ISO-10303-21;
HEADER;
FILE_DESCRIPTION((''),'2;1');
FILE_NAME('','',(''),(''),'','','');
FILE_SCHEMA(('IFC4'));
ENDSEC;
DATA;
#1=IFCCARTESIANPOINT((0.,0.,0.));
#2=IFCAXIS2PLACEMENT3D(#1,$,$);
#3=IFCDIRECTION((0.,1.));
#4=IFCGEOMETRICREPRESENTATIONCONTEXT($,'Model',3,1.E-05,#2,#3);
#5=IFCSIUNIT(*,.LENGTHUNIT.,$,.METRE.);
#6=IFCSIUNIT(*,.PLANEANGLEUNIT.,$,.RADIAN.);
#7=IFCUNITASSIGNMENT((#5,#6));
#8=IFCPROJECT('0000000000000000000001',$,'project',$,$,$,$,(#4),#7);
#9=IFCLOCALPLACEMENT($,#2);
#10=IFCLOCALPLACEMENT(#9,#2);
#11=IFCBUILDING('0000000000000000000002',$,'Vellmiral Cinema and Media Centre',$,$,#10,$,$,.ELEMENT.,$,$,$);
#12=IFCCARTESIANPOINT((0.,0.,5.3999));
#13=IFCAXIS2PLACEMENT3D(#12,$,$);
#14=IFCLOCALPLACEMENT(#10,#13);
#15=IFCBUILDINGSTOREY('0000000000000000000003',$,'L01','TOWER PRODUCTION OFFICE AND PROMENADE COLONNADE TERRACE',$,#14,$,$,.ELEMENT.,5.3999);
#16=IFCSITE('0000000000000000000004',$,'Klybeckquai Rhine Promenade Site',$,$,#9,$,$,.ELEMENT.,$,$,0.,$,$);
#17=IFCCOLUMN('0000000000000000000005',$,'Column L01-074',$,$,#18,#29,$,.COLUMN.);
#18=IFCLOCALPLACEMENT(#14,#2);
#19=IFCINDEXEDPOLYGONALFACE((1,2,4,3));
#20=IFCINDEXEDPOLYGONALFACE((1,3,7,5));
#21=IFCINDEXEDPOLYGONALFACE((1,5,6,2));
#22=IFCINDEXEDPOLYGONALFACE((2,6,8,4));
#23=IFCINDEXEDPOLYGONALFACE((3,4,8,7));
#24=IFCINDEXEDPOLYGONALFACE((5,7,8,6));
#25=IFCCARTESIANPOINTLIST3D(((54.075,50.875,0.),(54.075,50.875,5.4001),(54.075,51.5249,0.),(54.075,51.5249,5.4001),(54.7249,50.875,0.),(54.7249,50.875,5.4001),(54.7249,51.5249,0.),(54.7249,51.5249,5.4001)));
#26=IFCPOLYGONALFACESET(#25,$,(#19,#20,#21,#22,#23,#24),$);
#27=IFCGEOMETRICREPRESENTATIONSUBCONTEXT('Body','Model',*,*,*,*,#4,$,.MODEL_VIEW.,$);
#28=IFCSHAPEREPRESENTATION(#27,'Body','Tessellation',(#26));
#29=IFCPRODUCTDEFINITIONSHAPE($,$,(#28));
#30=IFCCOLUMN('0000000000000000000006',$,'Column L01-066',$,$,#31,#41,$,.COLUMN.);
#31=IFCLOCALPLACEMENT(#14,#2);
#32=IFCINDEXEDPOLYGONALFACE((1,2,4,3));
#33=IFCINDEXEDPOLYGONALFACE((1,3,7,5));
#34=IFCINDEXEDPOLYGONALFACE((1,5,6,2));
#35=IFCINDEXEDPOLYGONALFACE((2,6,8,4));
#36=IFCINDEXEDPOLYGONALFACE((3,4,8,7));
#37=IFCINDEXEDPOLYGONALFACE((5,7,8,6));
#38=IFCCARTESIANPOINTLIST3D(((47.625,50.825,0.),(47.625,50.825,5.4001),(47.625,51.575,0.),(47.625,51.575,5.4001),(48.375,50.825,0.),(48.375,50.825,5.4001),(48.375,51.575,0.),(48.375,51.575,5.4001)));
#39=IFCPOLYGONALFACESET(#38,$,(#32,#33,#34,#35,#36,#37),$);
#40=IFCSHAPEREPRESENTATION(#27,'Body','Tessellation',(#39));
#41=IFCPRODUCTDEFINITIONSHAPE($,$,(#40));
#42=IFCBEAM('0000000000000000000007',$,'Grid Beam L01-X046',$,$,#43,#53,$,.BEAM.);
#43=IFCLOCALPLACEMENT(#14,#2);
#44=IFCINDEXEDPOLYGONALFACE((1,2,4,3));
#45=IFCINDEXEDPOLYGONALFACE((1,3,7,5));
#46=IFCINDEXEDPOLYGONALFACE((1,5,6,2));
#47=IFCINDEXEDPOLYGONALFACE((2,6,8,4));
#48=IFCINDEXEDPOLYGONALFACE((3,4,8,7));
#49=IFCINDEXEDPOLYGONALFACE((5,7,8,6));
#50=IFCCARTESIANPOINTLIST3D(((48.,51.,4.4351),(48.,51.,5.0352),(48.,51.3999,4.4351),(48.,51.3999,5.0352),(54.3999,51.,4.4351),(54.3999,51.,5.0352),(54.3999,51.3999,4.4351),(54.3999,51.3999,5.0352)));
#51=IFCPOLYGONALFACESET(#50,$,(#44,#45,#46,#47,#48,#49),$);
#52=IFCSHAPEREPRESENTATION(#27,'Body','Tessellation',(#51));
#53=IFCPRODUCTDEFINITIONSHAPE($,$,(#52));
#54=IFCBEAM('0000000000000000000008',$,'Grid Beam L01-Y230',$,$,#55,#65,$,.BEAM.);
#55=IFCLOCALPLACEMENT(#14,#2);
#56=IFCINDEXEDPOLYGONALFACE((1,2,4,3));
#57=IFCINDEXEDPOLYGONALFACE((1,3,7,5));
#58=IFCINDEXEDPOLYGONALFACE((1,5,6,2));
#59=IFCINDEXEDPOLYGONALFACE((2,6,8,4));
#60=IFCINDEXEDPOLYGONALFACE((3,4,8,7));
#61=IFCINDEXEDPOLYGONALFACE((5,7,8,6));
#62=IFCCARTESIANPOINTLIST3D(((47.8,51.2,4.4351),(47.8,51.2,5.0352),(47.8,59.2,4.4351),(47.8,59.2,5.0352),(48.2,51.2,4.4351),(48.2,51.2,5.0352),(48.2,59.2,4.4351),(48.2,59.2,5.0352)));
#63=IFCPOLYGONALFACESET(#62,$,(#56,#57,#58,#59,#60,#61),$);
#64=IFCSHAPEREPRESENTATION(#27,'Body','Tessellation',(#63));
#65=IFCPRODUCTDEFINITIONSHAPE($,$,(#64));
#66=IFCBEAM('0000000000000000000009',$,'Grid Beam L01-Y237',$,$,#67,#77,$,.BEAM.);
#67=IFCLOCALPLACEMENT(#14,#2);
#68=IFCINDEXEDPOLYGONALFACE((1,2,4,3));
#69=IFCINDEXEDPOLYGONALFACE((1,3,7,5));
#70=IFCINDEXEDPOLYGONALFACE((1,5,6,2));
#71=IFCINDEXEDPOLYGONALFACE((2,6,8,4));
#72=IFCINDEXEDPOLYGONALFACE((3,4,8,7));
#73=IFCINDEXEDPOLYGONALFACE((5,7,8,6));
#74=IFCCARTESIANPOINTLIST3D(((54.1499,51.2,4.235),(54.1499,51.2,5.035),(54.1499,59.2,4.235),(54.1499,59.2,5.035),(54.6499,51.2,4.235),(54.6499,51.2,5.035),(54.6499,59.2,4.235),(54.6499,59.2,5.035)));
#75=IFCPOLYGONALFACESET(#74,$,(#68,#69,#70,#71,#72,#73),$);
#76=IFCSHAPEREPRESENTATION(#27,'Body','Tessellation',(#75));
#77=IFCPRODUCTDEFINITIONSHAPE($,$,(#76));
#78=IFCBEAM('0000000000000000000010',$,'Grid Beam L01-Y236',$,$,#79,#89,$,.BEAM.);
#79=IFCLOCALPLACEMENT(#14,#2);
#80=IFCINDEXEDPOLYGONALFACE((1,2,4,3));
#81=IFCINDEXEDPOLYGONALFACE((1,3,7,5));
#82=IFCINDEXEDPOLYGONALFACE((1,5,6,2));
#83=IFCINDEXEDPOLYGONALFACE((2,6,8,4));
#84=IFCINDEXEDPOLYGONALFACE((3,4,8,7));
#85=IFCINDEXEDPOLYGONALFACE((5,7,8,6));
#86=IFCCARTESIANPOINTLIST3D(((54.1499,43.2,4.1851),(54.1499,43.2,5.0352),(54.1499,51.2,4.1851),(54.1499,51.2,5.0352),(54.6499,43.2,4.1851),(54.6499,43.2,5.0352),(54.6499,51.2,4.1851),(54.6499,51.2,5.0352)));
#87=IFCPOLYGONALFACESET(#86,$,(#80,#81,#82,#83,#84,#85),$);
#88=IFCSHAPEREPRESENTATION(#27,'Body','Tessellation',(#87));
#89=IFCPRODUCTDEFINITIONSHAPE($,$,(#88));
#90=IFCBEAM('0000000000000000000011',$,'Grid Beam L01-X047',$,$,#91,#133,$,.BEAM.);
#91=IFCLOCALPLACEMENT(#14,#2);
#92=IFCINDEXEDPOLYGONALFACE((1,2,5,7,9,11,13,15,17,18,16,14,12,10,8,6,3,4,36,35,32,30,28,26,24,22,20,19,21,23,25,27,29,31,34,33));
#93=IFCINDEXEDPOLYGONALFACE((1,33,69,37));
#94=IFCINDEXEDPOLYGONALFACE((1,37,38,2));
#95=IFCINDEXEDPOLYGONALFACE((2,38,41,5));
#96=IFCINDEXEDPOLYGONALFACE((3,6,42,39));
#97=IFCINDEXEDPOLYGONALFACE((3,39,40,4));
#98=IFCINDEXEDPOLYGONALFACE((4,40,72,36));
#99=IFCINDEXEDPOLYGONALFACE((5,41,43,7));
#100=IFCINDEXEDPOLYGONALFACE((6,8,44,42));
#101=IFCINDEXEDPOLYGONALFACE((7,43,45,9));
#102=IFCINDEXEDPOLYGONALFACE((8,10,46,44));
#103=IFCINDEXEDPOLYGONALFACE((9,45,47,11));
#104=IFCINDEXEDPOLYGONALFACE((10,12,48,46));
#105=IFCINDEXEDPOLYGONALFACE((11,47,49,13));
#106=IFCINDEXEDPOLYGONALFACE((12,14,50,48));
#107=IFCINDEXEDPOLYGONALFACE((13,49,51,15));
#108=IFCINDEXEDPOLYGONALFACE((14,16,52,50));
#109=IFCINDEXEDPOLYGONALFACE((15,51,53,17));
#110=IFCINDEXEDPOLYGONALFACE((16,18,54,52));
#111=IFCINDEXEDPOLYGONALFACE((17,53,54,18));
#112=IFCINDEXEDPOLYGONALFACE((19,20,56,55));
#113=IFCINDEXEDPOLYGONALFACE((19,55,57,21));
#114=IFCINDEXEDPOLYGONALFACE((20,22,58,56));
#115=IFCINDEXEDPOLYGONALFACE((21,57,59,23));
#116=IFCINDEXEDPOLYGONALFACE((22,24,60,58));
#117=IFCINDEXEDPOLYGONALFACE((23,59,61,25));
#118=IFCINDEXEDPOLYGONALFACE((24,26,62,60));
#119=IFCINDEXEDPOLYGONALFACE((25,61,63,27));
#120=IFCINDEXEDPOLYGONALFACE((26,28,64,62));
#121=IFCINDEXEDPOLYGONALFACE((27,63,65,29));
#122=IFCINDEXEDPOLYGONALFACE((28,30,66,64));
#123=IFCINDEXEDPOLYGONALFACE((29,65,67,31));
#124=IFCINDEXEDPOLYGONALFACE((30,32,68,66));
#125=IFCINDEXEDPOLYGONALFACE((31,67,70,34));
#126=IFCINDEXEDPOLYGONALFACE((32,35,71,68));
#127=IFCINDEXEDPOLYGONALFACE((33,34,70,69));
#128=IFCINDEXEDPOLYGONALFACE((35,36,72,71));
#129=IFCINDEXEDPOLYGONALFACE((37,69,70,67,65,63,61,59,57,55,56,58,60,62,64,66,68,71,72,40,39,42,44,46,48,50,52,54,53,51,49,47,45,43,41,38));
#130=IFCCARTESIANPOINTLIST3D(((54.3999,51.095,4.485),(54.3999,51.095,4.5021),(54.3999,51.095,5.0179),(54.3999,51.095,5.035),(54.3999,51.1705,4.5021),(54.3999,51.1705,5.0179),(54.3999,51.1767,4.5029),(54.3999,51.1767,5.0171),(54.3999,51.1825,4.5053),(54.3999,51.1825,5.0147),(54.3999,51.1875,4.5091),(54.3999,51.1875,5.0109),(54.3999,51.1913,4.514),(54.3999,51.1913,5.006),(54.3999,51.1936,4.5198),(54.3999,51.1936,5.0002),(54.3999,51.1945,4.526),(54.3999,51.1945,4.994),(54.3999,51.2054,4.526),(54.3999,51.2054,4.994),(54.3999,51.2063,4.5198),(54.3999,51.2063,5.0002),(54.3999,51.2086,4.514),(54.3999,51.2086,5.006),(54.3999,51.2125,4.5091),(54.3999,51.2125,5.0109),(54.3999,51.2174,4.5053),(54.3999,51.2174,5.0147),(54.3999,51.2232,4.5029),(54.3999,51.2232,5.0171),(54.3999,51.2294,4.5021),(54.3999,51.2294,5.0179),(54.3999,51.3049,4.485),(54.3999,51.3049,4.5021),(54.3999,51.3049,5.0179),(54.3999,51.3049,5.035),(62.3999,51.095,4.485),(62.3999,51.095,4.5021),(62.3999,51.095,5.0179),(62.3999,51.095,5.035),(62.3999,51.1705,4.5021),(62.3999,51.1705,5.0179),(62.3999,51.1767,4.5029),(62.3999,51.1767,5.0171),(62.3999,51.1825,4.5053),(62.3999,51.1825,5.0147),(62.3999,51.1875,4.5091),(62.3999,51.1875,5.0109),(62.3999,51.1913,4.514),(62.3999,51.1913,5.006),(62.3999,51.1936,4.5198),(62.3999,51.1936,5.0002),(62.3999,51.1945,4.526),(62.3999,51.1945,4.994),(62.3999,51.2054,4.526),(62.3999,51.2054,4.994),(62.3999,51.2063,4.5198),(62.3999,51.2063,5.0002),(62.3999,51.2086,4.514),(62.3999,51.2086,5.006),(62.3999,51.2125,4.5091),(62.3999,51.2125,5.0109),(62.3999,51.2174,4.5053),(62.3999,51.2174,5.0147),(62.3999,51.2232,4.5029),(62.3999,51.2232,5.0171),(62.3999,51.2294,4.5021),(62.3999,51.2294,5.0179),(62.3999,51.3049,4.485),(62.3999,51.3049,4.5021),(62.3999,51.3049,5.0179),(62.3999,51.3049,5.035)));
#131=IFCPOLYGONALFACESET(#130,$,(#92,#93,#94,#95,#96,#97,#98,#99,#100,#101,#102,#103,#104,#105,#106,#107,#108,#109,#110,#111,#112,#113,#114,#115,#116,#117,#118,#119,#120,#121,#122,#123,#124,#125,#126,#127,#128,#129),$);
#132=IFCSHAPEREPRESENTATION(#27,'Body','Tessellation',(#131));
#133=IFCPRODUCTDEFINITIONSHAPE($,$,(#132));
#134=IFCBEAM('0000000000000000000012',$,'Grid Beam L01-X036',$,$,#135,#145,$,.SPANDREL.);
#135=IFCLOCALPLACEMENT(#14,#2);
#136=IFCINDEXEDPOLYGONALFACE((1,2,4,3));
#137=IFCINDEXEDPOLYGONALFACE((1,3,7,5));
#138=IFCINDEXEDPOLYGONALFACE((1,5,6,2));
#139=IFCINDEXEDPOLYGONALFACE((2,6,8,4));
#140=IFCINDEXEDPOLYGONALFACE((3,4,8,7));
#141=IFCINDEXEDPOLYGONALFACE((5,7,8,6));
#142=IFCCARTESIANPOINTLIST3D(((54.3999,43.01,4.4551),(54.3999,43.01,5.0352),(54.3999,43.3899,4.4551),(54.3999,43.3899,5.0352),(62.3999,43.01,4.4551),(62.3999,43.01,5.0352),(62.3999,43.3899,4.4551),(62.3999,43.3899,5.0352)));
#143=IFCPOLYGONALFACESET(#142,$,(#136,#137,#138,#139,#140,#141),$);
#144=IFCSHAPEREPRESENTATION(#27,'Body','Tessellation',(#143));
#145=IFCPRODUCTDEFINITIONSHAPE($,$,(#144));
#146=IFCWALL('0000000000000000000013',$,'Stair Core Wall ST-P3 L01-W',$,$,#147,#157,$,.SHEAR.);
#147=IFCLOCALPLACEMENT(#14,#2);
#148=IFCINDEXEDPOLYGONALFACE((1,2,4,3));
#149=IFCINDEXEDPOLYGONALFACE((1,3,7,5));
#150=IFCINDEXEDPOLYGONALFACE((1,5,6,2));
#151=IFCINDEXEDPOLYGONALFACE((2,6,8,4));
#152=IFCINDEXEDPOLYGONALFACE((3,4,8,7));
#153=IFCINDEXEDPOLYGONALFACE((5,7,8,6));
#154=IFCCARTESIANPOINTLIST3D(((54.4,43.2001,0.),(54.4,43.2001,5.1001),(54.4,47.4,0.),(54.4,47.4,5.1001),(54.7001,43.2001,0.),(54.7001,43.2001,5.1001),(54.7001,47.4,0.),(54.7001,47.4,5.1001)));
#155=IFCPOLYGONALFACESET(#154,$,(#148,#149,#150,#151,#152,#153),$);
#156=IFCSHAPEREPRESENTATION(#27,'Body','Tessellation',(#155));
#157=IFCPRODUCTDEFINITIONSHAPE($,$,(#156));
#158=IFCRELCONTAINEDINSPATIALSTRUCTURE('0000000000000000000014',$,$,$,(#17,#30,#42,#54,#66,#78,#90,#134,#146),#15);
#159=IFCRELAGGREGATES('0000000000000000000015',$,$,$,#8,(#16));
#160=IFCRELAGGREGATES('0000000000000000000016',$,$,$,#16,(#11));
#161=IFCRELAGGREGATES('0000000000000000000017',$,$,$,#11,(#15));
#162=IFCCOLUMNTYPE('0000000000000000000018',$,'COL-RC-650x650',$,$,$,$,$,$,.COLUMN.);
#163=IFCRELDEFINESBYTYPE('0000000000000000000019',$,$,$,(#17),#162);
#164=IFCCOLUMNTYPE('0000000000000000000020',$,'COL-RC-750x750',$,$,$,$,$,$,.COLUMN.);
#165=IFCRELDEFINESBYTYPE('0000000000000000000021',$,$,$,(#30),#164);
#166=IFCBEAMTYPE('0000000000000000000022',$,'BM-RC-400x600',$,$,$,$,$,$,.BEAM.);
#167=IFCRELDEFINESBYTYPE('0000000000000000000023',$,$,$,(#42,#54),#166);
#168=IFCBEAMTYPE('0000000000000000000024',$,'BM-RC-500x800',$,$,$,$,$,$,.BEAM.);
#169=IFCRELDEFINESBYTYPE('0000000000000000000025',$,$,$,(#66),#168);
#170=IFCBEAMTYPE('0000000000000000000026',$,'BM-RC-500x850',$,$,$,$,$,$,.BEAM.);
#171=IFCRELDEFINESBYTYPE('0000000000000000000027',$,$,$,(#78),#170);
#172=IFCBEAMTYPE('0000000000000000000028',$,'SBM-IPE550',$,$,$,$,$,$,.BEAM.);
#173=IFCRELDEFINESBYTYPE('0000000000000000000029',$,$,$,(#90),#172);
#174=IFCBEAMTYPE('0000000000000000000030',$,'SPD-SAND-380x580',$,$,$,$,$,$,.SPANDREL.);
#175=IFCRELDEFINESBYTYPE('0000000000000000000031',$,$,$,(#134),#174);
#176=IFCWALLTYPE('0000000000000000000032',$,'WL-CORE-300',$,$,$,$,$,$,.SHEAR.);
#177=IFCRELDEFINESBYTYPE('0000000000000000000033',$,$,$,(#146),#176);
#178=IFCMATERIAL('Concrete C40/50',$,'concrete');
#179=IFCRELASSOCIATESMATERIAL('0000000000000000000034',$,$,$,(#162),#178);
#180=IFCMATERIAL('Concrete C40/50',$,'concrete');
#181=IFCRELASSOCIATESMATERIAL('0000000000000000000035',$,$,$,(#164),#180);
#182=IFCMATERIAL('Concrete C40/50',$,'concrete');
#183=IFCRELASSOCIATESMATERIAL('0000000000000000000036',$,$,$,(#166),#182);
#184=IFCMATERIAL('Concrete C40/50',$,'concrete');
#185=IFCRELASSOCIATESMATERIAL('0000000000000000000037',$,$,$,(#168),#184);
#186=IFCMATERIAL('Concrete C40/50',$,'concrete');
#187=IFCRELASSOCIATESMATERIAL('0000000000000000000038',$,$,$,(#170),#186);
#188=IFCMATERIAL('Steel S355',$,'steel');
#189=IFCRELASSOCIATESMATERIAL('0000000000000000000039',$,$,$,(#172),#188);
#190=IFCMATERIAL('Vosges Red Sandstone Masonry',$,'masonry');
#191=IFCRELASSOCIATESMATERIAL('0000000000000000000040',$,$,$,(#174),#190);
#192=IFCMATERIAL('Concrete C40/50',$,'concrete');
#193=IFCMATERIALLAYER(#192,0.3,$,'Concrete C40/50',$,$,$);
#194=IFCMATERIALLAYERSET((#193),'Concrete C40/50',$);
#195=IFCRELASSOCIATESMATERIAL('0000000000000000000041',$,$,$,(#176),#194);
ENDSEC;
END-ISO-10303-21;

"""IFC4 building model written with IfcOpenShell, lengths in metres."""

from ifc_helpers import new_model, si_unit, direction, frame, frame_2d, origin, origin_2d, place, context, subcontext, project, spatial, rectangle, i_section, extrude, material, layer, layer_set, material_profile, profile_set, type_object, element, save


model = new_model("IFC4")

# Units and contexts
model_context = context("Model", 3, precision=1e-05, world=origin(), true_north=direction((0.0, 1.0)))
body_context = subcontext(model_context, "Body", "Model", "MODEL_VIEW")
ifc_project = project(units=[si_unit("LENGTHUNIT", "METRE"), si_unit("PLANEANGLEUNIT", "RADIAN")], contexts=[model_context])

# Site, building, storey
site_placement = place(None, origin())
site = spatial("IfcSite", under=ifc_project, at=site_placement, Name="Klybeckquai Rhine Promenade Site", CompositionType="ELEMENT", RefElevation=0.0)
building_placement = place(site_placement, origin())
building = spatial("IfcBuilding", under=site, at=building_placement, Name="Vellmiral Cinema and Media Centre", CompositionType="ELEMENT")
storey_placement = place(building_placement, frame((0.0, 0.0, 5.3999)))
storey = spatial("IfcBuildingStorey", under=building, at=storey_placement, Name="L01", Description="TOWER PRODUCTION OFFICE AND PROMENADE COLONNADE TERRACE", CompositionType="ELEMENT", Elevation=5.3999)

# Columns
ifc_material_1 = material(Name="Concrete C40/50", Category="concrete")
ifc_material_profile_1 = material_profile(ifc_material_1, rectangle(XDim=0.6499, YDim=0.6499, at=origin_2d()), Name="RC 650x650")
ifc_profile_set_1 = profile_set([ifc_material_profile_1], Name="Concrete C40/50")
column_type_1 = type_object("IfcColumnType", Name="COL-RC-650x650", PredefinedType="COLUMN", material=ifc_profile_set_1)
column_1_placement = place(storey_placement, frame((54.3999, 51.2, 0.0), z_axis=(0.0, 0.0, 1.0), x_axis=(1.0, 0.0, 0.0)))
element("IfcColumn", 1, at=column_1_placement, inside=storey, type_object=column_type_1, Name="Column L01-074", PredefinedType="COLUMN", context=body_context, shape_type="SweptSolid", body=[
    extrude(rectangle(XDim=0.6499, YDim=0.6499, at=origin_2d()), origin(), (0.0, 0.0, 1.0), 5.4001),
])
ifc_material_2 = material(Name="Concrete C40/50", Category="concrete")
ifc_material_profile_2 = material_profile(ifc_material_2, rectangle(XDim=0.75, YDim=0.75, at=origin_2d()), Name="RC 750x750")
ifc_profile_set_2 = profile_set([ifc_material_profile_2], Name="Concrete C40/50")
column_type_2 = type_object("IfcColumnType", Name="COL-RC-750x750", PredefinedType="COLUMN", material=ifc_profile_set_2)
column_2_placement = place(storey_placement, frame((48.0, 51.2, 0.0), z_axis=(0.0, 0.0, 1.0), x_axis=(1.0, 0.0, 0.0)))
element("IfcColumn", 2, at=column_2_placement, inside=storey, type_object=column_type_2, Name="Column L01-066", PredefinedType="COLUMN", context=body_context, shape_type="SweptSolid", body=[
    extrude(rectangle(XDim=0.75, YDim=0.75, at=origin_2d()), origin(), (0.0, 0.0, 1.0), 5.4001),
])

# Beams
ifc_material_3 = material(Name="Concrete C40/50", Category="concrete")
ifc_material_profile_3 = material_profile(ifc_material_3, rectangle(XDim=0.3999, YDim=0.6001, at=origin_2d()), Name="RC 400x600")
ifc_profile_set_3 = profile_set([ifc_material_profile_3], Name="Concrete C40/50")
beam_type_1 = type_object("IfcBeamType", Name="BM-RC-400x600", PredefinedType="BEAM", material=ifc_profile_set_3)
beam_1_placement = place(storey_placement, frame((48.0, 51.2, 4.7351), z_axis=(1.0, 0.0, 0.0), x_axis=(0.0, 1.0, 0.0)))
element("IfcBeam", 3, at=beam_1_placement, inside=storey, type_object=beam_type_1, Name="Grid Beam L01-X046", PredefinedType="BEAM", context=body_context, shape_type="SweptSolid", body=[
    extrude(rectangle(XDim=0.3999, YDim=0.6001, at=origin_2d()), origin(), (0.0, 0.0, 1.0), 6.3999),
])
beam_2_placement = place(storey_placement, frame((48.0, 51.2, 4.7351), z_axis=(0.0, 1.0, 0.0), x_axis=(-1.0, 0.0, 0.0)))
element("IfcBeam", 4, at=beam_2_placement, inside=storey, type_object=beam_type_1, Name="Grid Beam L01-Y230", PredefinedType="BEAM", context=body_context, shape_type="SweptSolid", body=[
    extrude(rectangle(XDim=0.3999, YDim=0.6001, at=origin_2d()), origin(), (0.0, 0.0, 1.0), 8.0),
])
ifc_material_4 = material(Name="Concrete C40/50", Category="concrete")
ifc_material_profile_4 = material_profile(ifc_material_4, rectangle(XDim=0.5, YDim=0.8, at=origin_2d()), Name="RC 500x800")
ifc_profile_set_4 = profile_set([ifc_material_profile_4], Name="Concrete C40/50")
beam_type_2 = type_object("IfcBeamType", Name="BM-RC-500x800", PredefinedType="BEAM", material=ifc_profile_set_4)
beam_3_placement = place(storey_placement, frame((54.3999, 51.2, 4.635), z_axis=(0.0, 1.0, 0.0), x_axis=(-1.0, 0.0, 0.0)))
element("IfcBeam", 5, at=beam_3_placement, inside=storey, type_object=beam_type_2, Name="Grid Beam L01-Y237", PredefinedType="BEAM", context=body_context, shape_type="SweptSolid", body=[
    extrude(rectangle(XDim=0.5, YDim=0.8, at=origin_2d()), origin(), (0.0, 0.0, 1.0), 8.0),
])
ifc_material_5 = material(Name="Concrete C40/50", Category="concrete")
ifc_material_profile_5 = material_profile(ifc_material_5, rectangle(XDim=0.5, YDim=0.8501, at=origin_2d()), Name="RC 500x850")
ifc_profile_set_5 = profile_set([ifc_material_profile_5], Name="Concrete C40/50")
beam_type_3 = type_object("IfcBeamType", Name="BM-RC-500x850", PredefinedType="BEAM", material=ifc_profile_set_5)
beam_4_placement = place(storey_placement, frame((54.3999, 43.2, 4.6101), z_axis=(0.0, 1.0, 0.0), x_axis=(-1.0, 0.0, 0.0)))
element("IfcBeam", 6, at=beam_4_placement, inside=storey, type_object=beam_type_3, Name="Grid Beam L01-Y236", PredefinedType="BEAM", context=body_context, shape_type="SweptSolid", body=[
    extrude(rectangle(XDim=0.5, YDim=0.8501, at=origin_2d()), origin(), (0.0, 0.0, 1.0), 8.0),
])
ifc_material_6 = material(Name="Steel S355", Category="steel")
ifc_material_profile_6 = material_profile(ifc_material_6, i_section(OverallWidth=0.21, OverallDepth=0.55, WebThickness=0.011, FlangeThickness=0.0171, FilletRadius=0.0239, at=origin_2d()), Name="IPE 550")
ifc_profile_set_6 = profile_set([ifc_material_profile_6], Name="Steel S355")
beam_type_4 = type_object("IfcBeamType", Name="SBM-IPE550", PredefinedType="BEAM", material=ifc_profile_set_6)
beam_5_placement = place(storey_placement, frame((54.3999, 51.2, 4.76), z_axis=(1.0, 0.0, 0.0), x_axis=(0.0, 1.0, 0.0)))
element("IfcBeam", 7, at=beam_5_placement, inside=storey, type_object=beam_type_4, Name="Grid Beam L01-X047", PredefinedType="BEAM", context=body_context, shape_type="SweptSolid", body=[
    extrude(i_section(OverallWidth=0.21, OverallDepth=0.55, WebThickness=0.011, FlangeThickness=0.0171, FilletRadius=0.0239, at=origin_2d()), origin(), (0.0, 0.0, 1.0), 8.0),
])
ifc_material_7 = material(Name="Vosges Red Sandstone Masonry", Category="masonry")
ifc_material_profile_7 = material_profile(ifc_material_7, rectangle(XDim=0.3799, YDim=0.5801, at=origin_2d()), Name="SAND 380x580")
ifc_profile_set_7 = profile_set([ifc_material_profile_7], Name="Vosges Red Sandstone Masonry")
beam_type_5 = type_object("IfcBeamType", Name="SPD-SAND-380x580", PredefinedType="SPANDREL", material=ifc_profile_set_7)
beam_6_placement = place(storey_placement, frame((54.3999, 43.2, 4.7451), z_axis=(1.0, 0.0, 0.0), x_axis=(0.0, 1.0, 0.0)))
element("IfcBeam", 8, at=beam_6_placement, inside=storey, type_object=beam_type_5, Name="Grid Beam L01-X036", PredefinedType="SPANDREL", context=body_context, shape_type="SweptSolid", body=[
    extrude(rectangle(XDim=0.3799, YDim=0.5801, at=origin_2d()), origin(), (0.0, 0.0, 1.0), 8.0),
])

# Wall
ifc_material_8 = material(Name="Concrete C40/50", Category="concrete")
ifc_layer_1 = layer(ifc_material_8, 0.3, Name="Concrete C40/50")
ifc_layer_set_1 = layer_set([ifc_layer_1], Name="Concrete C40/50")
wall_type_1 = type_object("IfcWallType", Name="WL-CORE-300", PredefinedType="SHEAR", material=ifc_layer_set_1)
wall_1_placement = place(storey_placement, frame((54.55, 43.2, 0.0), z_axis=(0.0, 0.0, 1.0), x_axis=(0.0, 1.0, 0.0)))
element("IfcWall", 9, at=wall_1_placement, inside=storey, type_object=wall_type_1, Name="Stair Core Wall ST-P3 L01-W", PredefinedType="SHEAR", context=body_context, shape_type="SweptSolid", body=[
    extrude(rectangle(XDim=4.2, YDim=0.3, at=frame_2d((2.1001, 0.0))), origin(), (0.0, 0.0, 1.0), 5.1001),
])

save(model, "model.ifc")
